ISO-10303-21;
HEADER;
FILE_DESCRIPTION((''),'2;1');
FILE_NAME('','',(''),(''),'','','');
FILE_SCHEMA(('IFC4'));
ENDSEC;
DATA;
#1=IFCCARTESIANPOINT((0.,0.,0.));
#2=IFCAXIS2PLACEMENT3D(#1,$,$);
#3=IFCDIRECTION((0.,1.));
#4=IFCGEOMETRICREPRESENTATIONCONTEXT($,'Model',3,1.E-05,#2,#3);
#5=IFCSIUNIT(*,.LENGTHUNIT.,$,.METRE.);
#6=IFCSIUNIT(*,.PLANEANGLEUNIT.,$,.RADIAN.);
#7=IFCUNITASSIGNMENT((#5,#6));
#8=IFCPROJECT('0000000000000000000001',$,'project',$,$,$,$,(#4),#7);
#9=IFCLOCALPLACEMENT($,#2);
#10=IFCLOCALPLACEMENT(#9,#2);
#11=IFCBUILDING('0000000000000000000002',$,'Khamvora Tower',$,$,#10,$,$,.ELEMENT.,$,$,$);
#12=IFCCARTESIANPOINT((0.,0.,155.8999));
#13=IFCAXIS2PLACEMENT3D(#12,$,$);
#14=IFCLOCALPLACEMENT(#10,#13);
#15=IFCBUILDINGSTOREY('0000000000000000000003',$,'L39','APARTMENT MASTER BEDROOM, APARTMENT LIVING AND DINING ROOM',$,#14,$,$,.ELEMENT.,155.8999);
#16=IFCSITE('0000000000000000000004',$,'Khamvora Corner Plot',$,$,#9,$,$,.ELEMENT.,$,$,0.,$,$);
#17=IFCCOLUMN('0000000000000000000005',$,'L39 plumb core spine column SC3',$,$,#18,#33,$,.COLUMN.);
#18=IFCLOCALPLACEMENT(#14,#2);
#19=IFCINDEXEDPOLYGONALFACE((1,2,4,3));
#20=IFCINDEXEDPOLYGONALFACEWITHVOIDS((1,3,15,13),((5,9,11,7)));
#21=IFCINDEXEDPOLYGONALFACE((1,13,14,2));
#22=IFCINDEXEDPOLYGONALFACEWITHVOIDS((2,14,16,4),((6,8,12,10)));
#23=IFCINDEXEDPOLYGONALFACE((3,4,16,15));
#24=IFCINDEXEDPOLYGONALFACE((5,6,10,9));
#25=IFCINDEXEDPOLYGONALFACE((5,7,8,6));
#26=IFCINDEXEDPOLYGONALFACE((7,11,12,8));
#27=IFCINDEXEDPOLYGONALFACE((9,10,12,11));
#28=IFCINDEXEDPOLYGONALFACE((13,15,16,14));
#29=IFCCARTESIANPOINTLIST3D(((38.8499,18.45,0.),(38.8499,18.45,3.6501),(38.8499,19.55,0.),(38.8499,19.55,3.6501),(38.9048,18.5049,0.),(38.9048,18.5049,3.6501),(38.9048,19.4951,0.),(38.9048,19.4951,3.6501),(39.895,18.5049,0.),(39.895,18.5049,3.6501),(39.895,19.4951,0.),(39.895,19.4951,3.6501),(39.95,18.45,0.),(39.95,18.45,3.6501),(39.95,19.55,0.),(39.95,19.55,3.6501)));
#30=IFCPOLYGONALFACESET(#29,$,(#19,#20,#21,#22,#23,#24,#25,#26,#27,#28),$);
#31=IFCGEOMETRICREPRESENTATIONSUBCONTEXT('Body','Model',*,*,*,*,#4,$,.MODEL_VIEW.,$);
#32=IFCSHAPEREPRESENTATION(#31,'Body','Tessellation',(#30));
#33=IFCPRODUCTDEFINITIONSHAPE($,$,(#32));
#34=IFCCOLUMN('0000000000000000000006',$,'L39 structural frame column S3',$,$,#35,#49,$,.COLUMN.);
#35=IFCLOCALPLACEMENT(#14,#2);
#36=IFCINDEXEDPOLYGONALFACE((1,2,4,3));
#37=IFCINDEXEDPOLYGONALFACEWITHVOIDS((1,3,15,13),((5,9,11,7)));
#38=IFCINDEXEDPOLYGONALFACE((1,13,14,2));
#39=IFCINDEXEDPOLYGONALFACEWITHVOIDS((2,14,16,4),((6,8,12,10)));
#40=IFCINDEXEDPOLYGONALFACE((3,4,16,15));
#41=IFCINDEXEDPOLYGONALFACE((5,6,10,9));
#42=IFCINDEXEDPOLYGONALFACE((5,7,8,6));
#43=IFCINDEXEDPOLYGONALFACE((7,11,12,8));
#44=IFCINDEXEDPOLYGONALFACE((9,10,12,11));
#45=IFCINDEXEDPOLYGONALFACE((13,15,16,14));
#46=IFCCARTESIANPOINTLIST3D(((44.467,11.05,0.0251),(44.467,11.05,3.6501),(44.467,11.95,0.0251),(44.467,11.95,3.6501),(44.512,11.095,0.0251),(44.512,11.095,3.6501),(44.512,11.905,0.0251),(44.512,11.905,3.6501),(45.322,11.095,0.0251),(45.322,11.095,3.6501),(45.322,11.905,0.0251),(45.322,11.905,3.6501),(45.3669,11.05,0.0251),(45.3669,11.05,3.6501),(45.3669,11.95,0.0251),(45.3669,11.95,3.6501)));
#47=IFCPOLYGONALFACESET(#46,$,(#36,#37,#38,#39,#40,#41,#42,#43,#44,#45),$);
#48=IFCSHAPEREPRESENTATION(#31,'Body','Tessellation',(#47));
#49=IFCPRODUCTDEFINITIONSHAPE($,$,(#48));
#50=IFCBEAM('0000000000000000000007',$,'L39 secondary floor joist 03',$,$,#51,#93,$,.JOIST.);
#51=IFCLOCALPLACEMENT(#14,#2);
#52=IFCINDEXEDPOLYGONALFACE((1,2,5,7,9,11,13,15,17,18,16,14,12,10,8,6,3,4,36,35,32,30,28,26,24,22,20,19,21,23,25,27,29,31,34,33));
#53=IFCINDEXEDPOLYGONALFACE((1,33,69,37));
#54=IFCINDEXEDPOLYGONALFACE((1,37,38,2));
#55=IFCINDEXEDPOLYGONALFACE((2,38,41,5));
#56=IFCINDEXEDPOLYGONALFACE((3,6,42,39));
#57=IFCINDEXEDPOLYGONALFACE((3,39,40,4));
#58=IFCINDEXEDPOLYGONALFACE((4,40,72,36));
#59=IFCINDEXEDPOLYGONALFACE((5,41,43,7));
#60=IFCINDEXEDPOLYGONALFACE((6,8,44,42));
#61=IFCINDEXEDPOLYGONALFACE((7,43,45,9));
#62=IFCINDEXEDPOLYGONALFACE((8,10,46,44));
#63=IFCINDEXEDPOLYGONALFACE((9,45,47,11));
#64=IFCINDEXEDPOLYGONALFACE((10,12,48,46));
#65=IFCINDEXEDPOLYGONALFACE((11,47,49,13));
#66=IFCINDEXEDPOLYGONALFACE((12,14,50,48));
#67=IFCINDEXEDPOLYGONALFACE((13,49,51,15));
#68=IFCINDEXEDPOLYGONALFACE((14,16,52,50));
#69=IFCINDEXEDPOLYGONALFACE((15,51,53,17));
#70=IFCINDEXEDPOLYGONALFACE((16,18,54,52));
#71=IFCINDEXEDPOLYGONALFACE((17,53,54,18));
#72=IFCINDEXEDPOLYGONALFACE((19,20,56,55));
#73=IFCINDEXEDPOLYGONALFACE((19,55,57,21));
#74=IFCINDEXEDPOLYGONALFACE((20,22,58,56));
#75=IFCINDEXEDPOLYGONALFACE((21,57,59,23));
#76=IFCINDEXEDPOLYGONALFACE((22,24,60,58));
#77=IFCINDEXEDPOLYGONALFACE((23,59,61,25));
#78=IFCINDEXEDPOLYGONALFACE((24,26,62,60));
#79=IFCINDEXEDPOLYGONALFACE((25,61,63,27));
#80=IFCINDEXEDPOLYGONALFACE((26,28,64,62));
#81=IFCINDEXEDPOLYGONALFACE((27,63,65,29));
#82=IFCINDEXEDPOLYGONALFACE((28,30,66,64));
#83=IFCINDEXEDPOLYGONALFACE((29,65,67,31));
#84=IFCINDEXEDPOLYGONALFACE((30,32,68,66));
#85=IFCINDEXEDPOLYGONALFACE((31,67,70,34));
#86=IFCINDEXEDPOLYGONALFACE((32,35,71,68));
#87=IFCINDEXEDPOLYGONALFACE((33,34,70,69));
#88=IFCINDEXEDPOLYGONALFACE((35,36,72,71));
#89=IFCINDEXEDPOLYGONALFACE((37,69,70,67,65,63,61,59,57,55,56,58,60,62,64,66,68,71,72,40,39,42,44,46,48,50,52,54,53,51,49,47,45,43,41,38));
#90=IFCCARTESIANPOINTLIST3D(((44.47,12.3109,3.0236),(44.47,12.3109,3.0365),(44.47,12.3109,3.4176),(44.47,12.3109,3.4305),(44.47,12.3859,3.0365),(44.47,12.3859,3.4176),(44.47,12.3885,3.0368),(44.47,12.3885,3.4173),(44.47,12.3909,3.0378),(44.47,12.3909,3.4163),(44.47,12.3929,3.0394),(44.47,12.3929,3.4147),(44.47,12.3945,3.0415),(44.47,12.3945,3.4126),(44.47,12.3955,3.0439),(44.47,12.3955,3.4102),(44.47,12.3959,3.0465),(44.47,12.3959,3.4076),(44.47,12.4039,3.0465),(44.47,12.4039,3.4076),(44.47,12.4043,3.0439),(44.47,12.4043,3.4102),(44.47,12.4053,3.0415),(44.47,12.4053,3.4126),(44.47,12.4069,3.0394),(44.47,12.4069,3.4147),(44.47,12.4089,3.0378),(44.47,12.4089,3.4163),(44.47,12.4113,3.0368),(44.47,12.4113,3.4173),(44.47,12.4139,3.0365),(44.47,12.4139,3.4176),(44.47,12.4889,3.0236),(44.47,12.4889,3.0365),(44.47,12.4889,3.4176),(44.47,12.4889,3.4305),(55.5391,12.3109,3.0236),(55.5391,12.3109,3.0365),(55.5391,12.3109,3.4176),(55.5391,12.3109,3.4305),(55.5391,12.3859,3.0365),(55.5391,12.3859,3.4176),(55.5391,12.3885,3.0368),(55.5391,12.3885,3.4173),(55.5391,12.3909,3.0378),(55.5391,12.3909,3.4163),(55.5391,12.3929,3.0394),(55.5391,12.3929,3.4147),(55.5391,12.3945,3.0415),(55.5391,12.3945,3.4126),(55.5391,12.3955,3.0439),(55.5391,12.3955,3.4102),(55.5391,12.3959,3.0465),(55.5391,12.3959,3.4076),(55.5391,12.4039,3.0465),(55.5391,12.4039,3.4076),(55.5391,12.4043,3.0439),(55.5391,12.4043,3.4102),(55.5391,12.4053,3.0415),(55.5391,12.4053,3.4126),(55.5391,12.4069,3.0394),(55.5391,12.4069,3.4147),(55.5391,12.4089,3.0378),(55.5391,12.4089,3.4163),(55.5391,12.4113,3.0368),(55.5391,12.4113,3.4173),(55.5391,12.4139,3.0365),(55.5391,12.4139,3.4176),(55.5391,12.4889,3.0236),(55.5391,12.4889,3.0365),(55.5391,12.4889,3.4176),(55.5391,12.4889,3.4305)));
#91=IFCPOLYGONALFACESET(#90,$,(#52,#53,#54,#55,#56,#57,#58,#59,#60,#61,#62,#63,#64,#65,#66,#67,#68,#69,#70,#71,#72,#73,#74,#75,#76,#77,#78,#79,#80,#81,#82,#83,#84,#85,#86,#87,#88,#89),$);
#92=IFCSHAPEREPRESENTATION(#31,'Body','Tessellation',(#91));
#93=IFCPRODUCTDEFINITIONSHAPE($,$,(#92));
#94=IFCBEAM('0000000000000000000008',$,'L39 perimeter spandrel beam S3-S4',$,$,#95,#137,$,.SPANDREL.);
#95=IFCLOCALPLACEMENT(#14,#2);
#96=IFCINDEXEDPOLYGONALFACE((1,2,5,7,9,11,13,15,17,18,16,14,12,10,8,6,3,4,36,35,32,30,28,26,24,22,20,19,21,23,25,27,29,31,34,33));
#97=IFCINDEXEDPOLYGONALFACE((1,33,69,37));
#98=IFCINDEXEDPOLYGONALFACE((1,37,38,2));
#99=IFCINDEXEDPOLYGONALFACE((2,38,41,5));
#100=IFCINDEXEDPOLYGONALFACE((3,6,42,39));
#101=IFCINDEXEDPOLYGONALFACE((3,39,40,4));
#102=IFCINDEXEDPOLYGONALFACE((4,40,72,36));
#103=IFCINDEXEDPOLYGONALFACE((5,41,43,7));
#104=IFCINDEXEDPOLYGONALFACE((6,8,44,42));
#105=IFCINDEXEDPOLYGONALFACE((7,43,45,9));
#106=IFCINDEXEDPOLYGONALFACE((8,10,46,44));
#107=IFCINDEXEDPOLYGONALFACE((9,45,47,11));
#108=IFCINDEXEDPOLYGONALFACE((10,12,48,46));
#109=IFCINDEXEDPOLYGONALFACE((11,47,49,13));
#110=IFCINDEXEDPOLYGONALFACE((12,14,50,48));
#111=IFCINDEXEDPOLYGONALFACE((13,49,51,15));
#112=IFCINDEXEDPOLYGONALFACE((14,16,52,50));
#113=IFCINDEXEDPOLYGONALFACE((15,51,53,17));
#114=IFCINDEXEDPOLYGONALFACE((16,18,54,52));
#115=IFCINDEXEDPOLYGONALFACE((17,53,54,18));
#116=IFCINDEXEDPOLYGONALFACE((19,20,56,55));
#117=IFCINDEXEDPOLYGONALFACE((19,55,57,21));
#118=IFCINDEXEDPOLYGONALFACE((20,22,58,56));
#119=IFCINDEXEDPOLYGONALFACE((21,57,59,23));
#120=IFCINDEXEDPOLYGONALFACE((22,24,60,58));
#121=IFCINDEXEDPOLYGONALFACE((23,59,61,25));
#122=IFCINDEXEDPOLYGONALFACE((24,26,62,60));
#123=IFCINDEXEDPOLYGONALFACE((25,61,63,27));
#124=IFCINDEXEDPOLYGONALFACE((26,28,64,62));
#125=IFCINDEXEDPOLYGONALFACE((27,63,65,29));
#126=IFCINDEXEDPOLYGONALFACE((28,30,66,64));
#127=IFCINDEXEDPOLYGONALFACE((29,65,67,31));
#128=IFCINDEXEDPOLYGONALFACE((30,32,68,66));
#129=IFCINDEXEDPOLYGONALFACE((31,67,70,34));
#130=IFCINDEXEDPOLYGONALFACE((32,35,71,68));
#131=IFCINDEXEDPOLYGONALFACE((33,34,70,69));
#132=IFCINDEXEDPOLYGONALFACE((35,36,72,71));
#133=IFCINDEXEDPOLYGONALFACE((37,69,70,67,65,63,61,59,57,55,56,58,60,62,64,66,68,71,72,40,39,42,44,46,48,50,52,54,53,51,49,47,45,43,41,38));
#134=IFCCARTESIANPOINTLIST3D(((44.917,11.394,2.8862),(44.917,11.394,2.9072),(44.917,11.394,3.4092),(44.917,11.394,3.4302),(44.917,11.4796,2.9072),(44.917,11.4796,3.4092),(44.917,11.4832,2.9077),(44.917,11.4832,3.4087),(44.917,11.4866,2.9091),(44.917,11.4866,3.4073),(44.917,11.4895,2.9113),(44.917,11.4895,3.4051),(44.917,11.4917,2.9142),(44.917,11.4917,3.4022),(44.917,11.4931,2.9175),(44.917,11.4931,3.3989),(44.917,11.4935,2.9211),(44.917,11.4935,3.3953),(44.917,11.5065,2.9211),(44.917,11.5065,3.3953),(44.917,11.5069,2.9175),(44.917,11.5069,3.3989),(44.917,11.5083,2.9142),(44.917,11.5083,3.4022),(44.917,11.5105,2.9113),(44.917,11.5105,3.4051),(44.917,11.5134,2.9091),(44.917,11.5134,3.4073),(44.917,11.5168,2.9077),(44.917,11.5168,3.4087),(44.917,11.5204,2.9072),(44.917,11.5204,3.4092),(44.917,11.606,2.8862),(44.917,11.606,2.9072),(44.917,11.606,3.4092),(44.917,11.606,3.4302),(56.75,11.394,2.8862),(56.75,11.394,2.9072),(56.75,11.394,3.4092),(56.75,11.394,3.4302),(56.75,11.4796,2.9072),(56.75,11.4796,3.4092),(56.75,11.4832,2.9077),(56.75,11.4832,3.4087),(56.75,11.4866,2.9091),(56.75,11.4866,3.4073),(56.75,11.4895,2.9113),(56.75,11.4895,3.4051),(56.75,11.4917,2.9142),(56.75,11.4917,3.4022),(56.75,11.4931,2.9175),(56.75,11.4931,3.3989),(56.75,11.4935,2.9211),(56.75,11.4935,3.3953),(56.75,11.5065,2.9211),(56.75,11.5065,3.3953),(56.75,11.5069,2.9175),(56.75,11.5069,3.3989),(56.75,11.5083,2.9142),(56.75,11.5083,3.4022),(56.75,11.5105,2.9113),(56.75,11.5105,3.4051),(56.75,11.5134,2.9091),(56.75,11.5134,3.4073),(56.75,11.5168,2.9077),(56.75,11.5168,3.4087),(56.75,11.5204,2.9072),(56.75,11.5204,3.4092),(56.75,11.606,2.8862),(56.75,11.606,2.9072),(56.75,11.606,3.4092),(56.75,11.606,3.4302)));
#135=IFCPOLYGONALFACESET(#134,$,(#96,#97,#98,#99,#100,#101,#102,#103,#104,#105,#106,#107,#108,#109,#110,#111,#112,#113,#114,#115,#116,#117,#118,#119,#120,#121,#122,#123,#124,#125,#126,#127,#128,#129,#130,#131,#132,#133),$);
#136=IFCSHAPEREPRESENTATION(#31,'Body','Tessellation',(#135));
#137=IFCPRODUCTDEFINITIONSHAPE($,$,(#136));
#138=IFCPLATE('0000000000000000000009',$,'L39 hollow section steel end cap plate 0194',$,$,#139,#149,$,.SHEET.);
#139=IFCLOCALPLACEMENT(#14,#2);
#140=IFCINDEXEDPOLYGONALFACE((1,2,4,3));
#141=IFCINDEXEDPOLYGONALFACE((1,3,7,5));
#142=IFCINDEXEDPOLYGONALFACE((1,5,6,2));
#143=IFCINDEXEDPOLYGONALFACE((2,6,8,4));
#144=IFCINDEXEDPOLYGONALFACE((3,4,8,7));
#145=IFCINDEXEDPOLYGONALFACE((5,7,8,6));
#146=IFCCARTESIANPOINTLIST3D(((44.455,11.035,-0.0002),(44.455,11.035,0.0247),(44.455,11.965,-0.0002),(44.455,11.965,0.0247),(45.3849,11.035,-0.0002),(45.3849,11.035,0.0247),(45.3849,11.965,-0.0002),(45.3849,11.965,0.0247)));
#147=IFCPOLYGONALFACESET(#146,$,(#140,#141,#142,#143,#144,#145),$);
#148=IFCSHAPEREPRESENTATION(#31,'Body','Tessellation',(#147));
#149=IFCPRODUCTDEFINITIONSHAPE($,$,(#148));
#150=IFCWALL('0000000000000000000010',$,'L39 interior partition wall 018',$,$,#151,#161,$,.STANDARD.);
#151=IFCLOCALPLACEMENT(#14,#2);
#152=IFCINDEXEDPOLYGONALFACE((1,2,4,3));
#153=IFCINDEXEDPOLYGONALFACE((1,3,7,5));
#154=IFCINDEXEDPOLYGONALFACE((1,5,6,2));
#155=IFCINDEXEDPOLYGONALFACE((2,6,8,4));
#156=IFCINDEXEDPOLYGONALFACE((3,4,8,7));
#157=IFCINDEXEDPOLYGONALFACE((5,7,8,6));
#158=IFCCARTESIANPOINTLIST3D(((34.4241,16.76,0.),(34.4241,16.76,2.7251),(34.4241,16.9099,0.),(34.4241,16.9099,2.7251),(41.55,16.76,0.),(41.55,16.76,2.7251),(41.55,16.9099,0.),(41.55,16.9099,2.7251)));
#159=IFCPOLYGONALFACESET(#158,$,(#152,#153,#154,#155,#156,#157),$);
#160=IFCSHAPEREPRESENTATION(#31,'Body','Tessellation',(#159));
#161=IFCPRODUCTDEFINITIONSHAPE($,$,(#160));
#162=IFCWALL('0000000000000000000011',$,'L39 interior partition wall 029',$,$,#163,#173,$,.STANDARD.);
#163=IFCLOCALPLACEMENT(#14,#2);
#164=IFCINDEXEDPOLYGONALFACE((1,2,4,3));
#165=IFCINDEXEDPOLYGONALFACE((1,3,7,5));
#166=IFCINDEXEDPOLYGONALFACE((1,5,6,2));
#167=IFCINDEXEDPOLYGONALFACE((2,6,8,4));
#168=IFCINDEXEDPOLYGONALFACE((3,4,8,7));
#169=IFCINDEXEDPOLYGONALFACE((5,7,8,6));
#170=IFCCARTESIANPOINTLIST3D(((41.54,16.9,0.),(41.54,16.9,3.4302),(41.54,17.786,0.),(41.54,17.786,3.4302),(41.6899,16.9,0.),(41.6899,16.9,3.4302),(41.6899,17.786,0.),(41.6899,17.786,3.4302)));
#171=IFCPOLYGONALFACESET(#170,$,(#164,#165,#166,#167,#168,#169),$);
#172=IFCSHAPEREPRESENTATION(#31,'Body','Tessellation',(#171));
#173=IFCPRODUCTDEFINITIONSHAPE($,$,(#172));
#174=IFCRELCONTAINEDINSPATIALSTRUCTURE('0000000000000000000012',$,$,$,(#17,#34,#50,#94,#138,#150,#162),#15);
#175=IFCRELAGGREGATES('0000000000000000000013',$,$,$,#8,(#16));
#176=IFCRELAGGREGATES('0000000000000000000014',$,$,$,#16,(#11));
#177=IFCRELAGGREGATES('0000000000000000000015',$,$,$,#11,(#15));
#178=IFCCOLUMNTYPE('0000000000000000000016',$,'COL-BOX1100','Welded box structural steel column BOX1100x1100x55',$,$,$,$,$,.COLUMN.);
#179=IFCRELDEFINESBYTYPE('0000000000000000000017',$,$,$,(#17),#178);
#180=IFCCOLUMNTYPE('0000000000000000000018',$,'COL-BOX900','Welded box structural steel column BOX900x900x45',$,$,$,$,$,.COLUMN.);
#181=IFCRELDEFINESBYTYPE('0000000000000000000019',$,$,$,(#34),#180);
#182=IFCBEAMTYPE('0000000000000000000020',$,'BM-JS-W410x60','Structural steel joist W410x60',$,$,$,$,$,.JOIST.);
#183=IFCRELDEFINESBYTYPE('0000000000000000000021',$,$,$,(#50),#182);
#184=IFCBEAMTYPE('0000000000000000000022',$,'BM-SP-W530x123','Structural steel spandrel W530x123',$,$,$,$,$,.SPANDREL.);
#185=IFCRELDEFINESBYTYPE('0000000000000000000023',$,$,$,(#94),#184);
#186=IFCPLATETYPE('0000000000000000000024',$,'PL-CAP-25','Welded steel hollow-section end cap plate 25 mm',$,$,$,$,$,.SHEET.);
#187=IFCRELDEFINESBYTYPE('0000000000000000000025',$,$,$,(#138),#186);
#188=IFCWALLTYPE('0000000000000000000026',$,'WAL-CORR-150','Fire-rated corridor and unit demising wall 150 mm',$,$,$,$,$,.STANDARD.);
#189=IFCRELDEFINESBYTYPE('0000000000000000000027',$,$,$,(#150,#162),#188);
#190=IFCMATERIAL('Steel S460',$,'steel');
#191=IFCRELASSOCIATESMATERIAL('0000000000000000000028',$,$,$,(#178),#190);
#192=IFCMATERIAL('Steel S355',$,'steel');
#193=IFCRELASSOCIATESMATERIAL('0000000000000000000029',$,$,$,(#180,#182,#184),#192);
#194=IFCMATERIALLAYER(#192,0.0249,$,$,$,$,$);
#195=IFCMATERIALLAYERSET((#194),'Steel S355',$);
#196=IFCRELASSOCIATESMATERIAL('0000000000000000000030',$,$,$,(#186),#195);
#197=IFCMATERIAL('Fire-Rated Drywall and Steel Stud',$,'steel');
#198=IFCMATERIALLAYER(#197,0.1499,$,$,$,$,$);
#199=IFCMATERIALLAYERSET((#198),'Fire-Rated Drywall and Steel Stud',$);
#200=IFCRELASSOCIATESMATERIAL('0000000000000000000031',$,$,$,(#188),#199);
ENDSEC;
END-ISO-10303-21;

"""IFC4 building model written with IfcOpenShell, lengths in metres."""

from ifc_helpers import new_model, si_unit, direction, frame, frame_2d, origin, origin_2d, place, context, subcontext, project, spatial, rectangle, hollow_rectangle, i_section, extrude, material, layer, layer_set, material_profile, profile_set, type_object, element, save


model = new_model("IFC4")

# Units and contexts
model_context = context("Model", 3, precision=1e-05, world=origin(), true_north=direction((0.0, 1.0)))
body_context = subcontext(model_context, "Body", "Model", "MODEL_VIEW")
ifc_project = project(units=[si_unit("LENGTHUNIT", "METRE"), si_unit("PLANEANGLEUNIT", "RADIAN")], contexts=[model_context])

# Site, building, storey
site_placement = place(None, origin())
site = spatial("IfcSite", under=ifc_project, at=site_placement, Name="Khamvora Corner Plot", CompositionType="ELEMENT", RefElevation=0.0)
building_placement = place(site_placement, origin())
building = spatial("IfcBuilding", under=site, at=building_placement, Name="Khamvora Tower", CompositionType="ELEMENT")
storey_placement = place(building_placement, frame((0.0, 0.0, 155.8999)))
storey = spatial("IfcBuildingStorey", under=building, at=storey_placement, Name="L39", Description="APARTMENT MASTER BEDROOM, APARTMENT LIVING AND DINING ROOM", CompositionType="ELEMENT", Elevation=155.8999)

# Columns
ifc_material_1 = material(Name="Steel S460", Category="steel")
ifc_material_profile_1 = material_profile(ifc_material_1, hollow_rectangle(XDim=1.1001, YDim=1.1001, WallThickness=0.0549, at=origin_2d()), Name="BOX1100x1100x55")
ifc_profile_set_1 = profile_set([ifc_material_profile_1], Name="Steel S460")
column_type_1 = type_object("IfcColumnType", Name="COL-BOX1100", Description="Welded box structural steel column BOX1100x1100x55", PredefinedType="COLUMN", material=ifc_profile_set_1)
column_1_placement = place(storey_placement, frame((39.3999, 19.0, 0.0), z_axis=(0.0, 0.0, 1.0), x_axis=(1.0, 0.0, 0.0)))
element("IfcColumn", 1, at=column_1_placement, inside=storey, type_object=column_type_1, Name="L39 plumb core spine column SC3", PredefinedType="COLUMN", context=body_context, shape_type="SweptSolid", body=[
    extrude(hollow_rectangle(XDim=1.1001, YDim=1.1001, WallThickness=0.0549, at=origin_2d()), origin(), (0.0, 0.0, 1.0), 3.6501),
])
ifc_material_2 = material(Name="Steel S355", Category="steel")
ifc_material_profile_2 = material_profile(ifc_material_2, hollow_rectangle(XDim=0.8999, YDim=0.8999, WallThickness=0.0449, at=origin_2d()), Name="BOX900x900x45")
ifc_profile_set_2 = profile_set([ifc_material_profile_2], Name="Steel S355")
column_type_2 = type_object("IfcColumnType", Name="COL-BOX900", Description="Welded box structural steel column BOX900x900x45", PredefinedType="COLUMN", material=ifc_profile_set_2)
column_2_placement = place(storey_placement, frame((44.917, 11.5, 0.0251), z_axis=(0.0, 0.0, 1.0), x_axis=(1.0, 0.0, 0.0)))
element("IfcColumn", 2, at=column_2_placement, inside=storey, type_object=column_type_2, Name="L39 structural frame column S3", PredefinedType="COLUMN", context=body_context, shape_type="SweptSolid", body=[
    extrude(hollow_rectangle(XDim=0.8999, YDim=0.8999, WallThickness=0.0449, at=origin_2d()), origin(), (0.0, 0.0, 1.0), 3.625),
])

# Beams
ifc_material_profile_3 = material_profile(ifc_material_2, i_section(OverallWidth=0.178, OverallDepth=0.407, WebThickness=0.0081, FlangeThickness=0.0129, FilletRadius=0.01, at=origin_2d()), Name="W410x60")
ifc_profile_set_3 = profile_set([ifc_material_profile_3], Name="Steel S355")
beam_type_1 = type_object("IfcBeamType", Name="BM-JS-W410x60", Description="Structural steel joist W410x60", PredefinedType="JOIST", material=ifc_profile_set_3)
beam_1_placement = place(storey_placement, frame((44.47, 12.3999, 3.2271), z_axis=(1.0, 0.0, 0.0), x_axis=(0.0, 1.0, 0.0)))
element("IfcBeam", 3, at=beam_1_placement, inside=storey, type_object=beam_type_1, Name="L39 secondary floor joist 03", PredefinedType="JOIST", context=body_context, shape_type="SweptSolid", body=[
    extrude(i_section(OverallWidth=0.178, OverallDepth=0.407, WebThickness=0.0081, FlangeThickness=0.0129, FilletRadius=0.01, at=origin_2d()), origin(), (0.0, 0.0, 1.0), 11.0691),
])
ifc_material_profile_4 = material_profile(ifc_material_2, i_section(OverallWidth=0.2119, OverallDepth=0.5439, WebThickness=0.0129, FlangeThickness=0.021, FilletRadius=0.0139, at=origin_2d()), Name="W530x123")
ifc_profile_set_4 = profile_set([ifc_material_profile_4], Name="Steel S355")
beam_type_2 = type_object("IfcBeamType", Name="BM-SP-W530x123", Description="Structural steel spandrel W530x123", PredefinedType="SPANDREL", material=ifc_profile_set_4)
beam_2_placement = place(storey_placement, frame((44.917, 11.5, 3.1582), z_axis=(1.0, 0.0, 0.0), x_axis=(0.0, 1.0, 0.0)))
element("IfcBeam", 4, at=beam_2_placement, inside=storey, type_object=beam_type_2, Name="L39 perimeter spandrel beam S3-S4", PredefinedType="SPANDREL", context=body_context, shape_type="SweptSolid", body=[
    extrude(i_section(OverallWidth=0.2119, OverallDepth=0.5439, WebThickness=0.0129, FlangeThickness=0.021, FilletRadius=0.0139, at=origin_2d()), origin(), (0.0, 0.0, 1.0), 11.833),
])

# Plate
ifc_layer_1 = layer(ifc_material_2, 0.0249)
ifc_layer_set_1 = layer_set([ifc_layer_1], Name="Steel S355")
plate_type = type_object("IfcPlateType", Name="PL-CAP-25", Description="Welded steel hollow-section end cap plate 25 mm", PredefinedType="SHEET", material=ifc_layer_set_1)
plate_placement = place(storey_placement, frame((44.9199, 11.5, -0.0002), z_axis=(0.0, 0.0, 1.0), x_axis=(1.0, 0.0, 0.0)))
element("IfcPlate", 5, at=plate_placement, inside=storey, type_object=plate_type, Name="L39 hollow section steel end cap plate 0194", PredefinedType="SHEET", context=body_context, shape_type="SweptSolid", body=[
    extrude(rectangle(XDim=0.9299, YDim=0.9299, at=origin_2d()), origin(), (0.0, 0.0, 1.0), 0.0249),
])

# Shared definitions
ifc_material_3 = material(Name="Fire-Rated Drywall and Steel Stud", Category="steel")
ifc_layer_2 = layer(ifc_material_3, 0.1499)
ifc_layer_set_2 = layer_set([ifc_layer_2], Name="Fire-Rated Drywall and Steel Stud")
wall_type_1 = type_object("IfcWallType", Name="WAL-CORR-150", Description="Fire-rated corridor and unit demising wall 150 mm", PredefinedType="STANDARD", material=ifc_layer_set_2)

# Walls
wall_1_placement = place(storey_placement, frame((41.55, 16.835, 0.0), z_axis=(0.0, 0.0, 1.0), x_axis=(-1.0, 0.0, 0.0)))
element("IfcWall", 6, at=wall_1_placement, inside=storey, type_object=wall_type_1, Name="L39 interior partition wall 018", PredefinedType="STANDARD", context=body_context, shape_type="SweptSolid", body=[
    extrude(rectangle(XDim=7.126, YDim=0.1499, at=frame_2d((3.563, 0.0))), origin(), (0.0, 0.0, 1.0), 2.7251),
])
wall_2_placement = place(storey_placement, frame((41.615, 17.7859, 0.0), z_axis=(0.0, 0.0, 1.0), x_axis=(0.0, -1.0, 0.0)))
element("IfcWall", 7, at=wall_2_placement, inside=storey, type_object=wall_type_1, Name="L39 interior partition wall 029", PredefinedType="STANDARD", context=body_context, shape_type="SweptSolid", body=[
    extrude(rectangle(XDim=0.886, YDim=0.1499, at=frame_2d((0.4429, 0.0))), origin(), (0.0, 0.0, 1.0), 3.4302),
])

save(model, "model.ifc")
